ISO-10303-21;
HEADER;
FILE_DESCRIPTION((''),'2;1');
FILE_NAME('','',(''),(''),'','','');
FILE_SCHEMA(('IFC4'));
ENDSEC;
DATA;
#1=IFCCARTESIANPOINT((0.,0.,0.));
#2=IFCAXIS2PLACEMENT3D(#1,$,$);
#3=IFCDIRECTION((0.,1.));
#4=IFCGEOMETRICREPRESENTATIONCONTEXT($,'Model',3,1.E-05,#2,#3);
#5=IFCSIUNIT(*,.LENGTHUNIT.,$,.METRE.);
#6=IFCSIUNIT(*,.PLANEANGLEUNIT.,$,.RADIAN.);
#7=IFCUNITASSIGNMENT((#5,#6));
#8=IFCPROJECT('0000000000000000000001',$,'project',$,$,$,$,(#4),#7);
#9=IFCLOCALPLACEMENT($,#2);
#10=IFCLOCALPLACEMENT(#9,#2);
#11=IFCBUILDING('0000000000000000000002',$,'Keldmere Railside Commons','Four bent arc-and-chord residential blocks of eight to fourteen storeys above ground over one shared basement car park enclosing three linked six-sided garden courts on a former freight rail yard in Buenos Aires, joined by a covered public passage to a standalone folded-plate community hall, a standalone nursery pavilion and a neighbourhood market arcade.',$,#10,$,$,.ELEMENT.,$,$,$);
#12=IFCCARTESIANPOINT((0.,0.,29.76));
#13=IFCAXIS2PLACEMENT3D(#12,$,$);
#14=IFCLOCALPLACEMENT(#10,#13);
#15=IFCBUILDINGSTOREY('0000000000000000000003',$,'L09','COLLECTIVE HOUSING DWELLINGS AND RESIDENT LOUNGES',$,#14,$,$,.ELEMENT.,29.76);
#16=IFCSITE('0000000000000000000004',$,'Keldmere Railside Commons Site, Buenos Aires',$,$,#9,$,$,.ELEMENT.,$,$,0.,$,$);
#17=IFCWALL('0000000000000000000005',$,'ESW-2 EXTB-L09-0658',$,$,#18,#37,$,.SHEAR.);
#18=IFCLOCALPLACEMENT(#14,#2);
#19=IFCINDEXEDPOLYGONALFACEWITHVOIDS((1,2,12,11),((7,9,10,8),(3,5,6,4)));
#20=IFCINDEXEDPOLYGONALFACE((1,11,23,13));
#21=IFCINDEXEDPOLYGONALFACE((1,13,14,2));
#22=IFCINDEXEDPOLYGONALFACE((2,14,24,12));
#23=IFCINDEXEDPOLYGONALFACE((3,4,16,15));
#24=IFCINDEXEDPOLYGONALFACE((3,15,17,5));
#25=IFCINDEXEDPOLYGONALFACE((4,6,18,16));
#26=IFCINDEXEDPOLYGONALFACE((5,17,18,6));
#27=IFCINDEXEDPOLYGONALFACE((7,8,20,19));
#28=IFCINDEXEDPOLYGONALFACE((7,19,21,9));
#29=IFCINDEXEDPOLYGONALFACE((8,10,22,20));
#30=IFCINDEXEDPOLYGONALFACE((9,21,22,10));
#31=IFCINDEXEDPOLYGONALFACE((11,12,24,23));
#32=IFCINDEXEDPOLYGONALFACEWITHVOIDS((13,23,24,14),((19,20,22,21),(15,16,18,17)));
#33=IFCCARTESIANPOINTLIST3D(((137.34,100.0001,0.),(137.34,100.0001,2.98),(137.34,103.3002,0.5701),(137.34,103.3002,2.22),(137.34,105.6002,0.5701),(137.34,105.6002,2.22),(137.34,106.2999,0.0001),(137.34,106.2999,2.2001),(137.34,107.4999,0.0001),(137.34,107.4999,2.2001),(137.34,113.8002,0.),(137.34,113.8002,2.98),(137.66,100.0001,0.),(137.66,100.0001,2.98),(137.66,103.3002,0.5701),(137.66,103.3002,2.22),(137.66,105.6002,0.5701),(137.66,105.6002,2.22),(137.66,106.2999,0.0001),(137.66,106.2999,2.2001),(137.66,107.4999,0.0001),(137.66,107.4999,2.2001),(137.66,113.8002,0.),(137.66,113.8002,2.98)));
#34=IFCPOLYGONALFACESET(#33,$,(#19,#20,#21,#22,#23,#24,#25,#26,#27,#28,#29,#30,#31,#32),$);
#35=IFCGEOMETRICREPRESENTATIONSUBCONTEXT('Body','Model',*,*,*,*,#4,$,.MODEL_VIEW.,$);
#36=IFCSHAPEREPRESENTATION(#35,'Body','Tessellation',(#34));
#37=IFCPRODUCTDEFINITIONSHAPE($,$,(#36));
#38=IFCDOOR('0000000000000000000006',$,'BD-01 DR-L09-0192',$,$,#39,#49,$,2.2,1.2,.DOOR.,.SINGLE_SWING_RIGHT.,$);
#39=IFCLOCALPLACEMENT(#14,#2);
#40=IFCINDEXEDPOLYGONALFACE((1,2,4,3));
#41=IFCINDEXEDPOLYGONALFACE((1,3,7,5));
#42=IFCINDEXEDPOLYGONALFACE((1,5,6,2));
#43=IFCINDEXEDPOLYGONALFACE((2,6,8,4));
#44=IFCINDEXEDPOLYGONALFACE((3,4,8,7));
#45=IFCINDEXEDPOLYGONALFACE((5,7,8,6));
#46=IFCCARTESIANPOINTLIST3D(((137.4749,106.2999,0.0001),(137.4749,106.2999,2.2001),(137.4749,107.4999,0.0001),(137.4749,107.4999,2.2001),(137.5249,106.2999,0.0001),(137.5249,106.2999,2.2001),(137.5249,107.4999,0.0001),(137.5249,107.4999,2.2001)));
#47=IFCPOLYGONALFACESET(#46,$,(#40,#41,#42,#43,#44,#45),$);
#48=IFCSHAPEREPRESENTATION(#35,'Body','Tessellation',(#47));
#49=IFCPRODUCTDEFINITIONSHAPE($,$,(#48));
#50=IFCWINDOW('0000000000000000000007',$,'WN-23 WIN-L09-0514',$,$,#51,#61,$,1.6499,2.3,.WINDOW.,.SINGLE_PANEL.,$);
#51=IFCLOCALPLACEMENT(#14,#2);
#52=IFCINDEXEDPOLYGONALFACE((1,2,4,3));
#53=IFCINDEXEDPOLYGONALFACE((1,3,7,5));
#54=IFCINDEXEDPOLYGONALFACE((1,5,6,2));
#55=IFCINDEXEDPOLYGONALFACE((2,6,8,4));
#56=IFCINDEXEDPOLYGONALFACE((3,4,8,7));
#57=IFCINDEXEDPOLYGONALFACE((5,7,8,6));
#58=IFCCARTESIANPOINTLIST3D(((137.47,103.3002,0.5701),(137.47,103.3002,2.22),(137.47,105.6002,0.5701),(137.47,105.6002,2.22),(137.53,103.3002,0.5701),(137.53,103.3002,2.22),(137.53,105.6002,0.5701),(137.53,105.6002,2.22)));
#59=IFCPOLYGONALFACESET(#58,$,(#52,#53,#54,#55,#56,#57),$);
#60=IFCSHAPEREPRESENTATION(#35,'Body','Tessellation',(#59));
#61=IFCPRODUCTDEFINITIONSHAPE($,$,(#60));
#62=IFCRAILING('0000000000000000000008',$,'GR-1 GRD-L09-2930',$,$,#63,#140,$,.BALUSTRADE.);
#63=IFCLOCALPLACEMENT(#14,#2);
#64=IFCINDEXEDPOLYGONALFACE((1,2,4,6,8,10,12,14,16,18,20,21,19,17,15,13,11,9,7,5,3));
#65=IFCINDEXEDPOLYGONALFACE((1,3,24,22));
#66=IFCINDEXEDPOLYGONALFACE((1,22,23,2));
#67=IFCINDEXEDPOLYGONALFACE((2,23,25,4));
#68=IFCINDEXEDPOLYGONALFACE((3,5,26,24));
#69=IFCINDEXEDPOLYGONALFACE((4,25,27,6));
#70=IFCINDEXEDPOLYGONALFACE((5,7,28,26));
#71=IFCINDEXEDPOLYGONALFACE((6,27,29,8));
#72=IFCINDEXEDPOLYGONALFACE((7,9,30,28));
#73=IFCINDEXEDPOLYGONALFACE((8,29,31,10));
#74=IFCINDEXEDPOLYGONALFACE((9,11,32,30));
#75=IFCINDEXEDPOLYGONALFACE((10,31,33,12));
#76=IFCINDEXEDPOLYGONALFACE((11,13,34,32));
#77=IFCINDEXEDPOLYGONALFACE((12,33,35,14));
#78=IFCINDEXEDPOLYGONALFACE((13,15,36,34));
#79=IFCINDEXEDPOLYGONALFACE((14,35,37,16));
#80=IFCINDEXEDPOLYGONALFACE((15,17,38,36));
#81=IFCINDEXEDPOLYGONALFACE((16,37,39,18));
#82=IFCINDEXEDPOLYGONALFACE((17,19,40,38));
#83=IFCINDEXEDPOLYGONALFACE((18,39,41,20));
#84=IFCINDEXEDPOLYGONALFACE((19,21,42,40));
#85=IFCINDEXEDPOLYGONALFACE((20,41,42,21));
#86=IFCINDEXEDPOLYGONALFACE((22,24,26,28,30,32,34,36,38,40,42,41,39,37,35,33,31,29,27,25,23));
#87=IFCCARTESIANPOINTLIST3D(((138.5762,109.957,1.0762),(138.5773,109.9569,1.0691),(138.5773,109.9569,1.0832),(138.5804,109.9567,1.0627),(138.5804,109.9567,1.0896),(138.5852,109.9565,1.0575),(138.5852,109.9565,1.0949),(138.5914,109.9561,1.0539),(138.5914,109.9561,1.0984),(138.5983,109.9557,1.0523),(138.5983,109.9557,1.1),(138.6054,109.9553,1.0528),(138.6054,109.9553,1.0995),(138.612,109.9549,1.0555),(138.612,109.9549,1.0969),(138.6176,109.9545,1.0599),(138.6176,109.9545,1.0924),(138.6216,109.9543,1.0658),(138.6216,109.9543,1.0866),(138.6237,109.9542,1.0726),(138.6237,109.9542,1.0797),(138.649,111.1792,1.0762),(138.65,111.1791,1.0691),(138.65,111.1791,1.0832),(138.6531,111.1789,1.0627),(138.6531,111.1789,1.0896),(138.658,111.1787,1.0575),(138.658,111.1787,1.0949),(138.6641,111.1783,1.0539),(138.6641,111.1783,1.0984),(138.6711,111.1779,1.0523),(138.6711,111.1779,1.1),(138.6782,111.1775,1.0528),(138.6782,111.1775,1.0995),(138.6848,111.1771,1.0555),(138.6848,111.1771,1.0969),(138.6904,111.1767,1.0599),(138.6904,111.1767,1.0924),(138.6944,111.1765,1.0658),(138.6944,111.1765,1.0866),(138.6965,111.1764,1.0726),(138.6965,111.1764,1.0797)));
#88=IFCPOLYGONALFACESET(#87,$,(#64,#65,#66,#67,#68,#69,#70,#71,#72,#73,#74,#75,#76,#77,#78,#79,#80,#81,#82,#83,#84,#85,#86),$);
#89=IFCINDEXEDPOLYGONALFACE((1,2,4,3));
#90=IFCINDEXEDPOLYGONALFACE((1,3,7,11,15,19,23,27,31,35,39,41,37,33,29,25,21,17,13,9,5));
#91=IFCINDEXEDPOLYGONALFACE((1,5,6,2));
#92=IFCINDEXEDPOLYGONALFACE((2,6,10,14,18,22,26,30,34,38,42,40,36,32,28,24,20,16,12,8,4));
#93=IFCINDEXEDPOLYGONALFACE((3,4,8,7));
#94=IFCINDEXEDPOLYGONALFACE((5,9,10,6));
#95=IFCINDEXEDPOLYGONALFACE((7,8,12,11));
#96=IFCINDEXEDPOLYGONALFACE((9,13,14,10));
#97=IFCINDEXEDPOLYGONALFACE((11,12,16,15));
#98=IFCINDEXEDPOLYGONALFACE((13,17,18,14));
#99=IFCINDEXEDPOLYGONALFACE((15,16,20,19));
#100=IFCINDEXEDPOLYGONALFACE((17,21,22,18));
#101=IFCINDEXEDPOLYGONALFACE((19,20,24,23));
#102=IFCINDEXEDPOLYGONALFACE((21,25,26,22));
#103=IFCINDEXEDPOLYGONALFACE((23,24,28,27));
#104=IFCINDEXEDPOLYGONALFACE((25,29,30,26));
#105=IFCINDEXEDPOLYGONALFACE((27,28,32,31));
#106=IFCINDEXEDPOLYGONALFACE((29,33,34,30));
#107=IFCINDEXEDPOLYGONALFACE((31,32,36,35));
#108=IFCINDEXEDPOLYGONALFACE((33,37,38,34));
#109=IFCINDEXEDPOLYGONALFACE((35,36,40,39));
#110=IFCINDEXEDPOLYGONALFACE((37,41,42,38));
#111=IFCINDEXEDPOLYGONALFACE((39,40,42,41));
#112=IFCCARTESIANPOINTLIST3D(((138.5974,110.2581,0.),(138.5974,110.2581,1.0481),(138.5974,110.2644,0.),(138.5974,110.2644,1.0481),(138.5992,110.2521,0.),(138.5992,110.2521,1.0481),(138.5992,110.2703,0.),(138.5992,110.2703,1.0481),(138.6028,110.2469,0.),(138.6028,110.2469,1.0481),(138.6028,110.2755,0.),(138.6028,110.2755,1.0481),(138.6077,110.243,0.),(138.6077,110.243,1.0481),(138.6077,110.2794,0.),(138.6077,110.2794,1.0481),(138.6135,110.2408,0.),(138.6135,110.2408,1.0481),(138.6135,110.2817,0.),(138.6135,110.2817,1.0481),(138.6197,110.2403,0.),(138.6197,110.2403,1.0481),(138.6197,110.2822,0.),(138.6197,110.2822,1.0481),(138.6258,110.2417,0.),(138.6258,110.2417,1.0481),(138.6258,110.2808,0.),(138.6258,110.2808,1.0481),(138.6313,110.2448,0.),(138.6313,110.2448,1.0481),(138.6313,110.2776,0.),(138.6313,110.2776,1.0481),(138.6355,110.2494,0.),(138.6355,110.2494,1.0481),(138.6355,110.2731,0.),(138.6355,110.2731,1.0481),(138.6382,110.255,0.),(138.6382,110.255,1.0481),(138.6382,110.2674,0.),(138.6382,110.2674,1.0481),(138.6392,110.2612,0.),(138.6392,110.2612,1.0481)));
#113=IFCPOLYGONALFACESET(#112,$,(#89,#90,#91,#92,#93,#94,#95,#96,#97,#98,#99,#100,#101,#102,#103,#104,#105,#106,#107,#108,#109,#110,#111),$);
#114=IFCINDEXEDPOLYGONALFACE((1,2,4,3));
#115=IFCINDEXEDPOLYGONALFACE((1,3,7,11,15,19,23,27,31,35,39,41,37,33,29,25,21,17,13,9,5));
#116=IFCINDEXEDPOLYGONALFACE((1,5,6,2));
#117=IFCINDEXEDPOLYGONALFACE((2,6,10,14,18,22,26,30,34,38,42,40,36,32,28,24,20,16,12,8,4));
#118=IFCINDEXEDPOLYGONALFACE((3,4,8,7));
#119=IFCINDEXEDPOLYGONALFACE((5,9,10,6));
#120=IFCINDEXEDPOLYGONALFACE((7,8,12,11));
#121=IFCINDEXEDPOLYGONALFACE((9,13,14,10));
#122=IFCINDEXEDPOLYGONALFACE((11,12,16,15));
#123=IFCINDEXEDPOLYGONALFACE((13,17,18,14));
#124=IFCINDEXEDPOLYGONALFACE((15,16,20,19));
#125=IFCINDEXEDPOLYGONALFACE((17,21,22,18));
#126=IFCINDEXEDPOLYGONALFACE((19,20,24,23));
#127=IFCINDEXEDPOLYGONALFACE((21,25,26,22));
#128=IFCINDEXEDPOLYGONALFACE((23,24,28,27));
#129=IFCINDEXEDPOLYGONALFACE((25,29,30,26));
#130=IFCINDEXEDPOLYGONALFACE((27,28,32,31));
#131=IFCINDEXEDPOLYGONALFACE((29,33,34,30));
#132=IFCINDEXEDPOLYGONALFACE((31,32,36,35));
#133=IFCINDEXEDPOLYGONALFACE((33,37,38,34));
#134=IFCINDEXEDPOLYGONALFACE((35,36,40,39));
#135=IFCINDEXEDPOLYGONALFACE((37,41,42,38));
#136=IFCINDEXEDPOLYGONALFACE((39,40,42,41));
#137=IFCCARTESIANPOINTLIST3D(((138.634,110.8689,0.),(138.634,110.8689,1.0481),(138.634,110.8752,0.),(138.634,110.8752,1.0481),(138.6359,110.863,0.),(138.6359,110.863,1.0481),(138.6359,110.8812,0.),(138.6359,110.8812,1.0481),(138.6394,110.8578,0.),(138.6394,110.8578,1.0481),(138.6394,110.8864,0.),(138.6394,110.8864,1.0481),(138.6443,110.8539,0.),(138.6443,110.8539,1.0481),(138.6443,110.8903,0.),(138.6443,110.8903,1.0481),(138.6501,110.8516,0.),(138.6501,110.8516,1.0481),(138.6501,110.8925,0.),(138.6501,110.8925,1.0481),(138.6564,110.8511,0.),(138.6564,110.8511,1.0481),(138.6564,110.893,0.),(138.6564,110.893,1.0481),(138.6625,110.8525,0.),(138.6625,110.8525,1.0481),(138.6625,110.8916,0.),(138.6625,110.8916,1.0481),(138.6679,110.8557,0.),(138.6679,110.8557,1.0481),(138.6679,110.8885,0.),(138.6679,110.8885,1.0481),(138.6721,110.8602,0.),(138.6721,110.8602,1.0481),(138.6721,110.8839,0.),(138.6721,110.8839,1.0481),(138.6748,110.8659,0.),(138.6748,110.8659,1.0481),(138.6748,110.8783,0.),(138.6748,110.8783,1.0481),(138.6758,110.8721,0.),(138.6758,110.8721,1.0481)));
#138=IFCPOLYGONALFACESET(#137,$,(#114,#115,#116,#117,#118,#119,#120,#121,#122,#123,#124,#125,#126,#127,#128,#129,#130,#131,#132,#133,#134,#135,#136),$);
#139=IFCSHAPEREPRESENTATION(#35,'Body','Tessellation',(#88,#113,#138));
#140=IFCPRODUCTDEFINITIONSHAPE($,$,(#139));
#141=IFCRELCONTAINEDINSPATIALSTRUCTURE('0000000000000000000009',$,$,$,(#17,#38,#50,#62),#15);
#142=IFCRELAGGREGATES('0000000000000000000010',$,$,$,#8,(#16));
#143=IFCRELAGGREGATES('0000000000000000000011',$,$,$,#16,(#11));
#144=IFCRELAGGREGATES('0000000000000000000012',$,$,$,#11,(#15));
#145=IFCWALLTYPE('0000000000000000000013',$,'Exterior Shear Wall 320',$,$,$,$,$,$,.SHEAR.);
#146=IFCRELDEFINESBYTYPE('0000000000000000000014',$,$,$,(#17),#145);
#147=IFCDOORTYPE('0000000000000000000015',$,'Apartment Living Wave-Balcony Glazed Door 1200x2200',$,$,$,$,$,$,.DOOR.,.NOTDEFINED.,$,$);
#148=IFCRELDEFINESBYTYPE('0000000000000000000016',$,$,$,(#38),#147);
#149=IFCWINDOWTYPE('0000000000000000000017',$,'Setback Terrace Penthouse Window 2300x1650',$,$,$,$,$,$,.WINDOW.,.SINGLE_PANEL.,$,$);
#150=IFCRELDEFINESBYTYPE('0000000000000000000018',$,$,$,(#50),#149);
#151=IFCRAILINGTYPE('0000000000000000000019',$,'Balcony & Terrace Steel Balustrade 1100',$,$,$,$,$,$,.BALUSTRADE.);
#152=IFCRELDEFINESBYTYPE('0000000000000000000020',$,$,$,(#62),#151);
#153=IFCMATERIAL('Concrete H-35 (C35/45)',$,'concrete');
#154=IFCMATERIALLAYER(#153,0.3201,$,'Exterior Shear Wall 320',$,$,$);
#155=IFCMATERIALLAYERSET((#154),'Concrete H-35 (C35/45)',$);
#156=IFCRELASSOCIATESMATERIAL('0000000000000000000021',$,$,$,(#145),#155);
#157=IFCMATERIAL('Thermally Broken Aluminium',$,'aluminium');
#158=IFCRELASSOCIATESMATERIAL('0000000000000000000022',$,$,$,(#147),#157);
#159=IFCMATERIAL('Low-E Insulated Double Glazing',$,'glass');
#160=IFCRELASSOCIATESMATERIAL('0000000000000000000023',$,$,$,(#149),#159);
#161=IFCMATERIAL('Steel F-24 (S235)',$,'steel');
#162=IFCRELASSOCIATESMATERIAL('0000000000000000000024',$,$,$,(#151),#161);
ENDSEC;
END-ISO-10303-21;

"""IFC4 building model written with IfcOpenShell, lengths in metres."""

from ifc_helpers import new_model, si_unit, direction, frame, frame_2d, origin, origin_2d, place, context, subcontext, project, spatial, rectangle, circle, extrude, material, layer, layer_set, type_object, element, fill, save


model = new_model("IFC4")

# Units and contexts
model_context = context("Model", 3, precision=1e-05, world=origin(), true_north=direction((0.0, 1.0)))
body_context = subcontext(model_context, "Body", "Model", "MODEL_VIEW")
ifc_project = project(units=[si_unit("LENGTHUNIT", "METRE"), si_unit("PLANEANGLEUNIT", "RADIAN")], contexts=[model_context])

# Site, building, storey
site_placement = place(None, origin())
site = spatial("IfcSite", under=ifc_project, at=site_placement, Name="Keldmere Railside Commons Site, Buenos Aires", CompositionType="ELEMENT", RefElevation=0.0)
building_placement = place(site_placement, origin())
building = spatial("IfcBuilding", under=site, at=building_placement, Name="Keldmere Railside Commons", Description="Four bent arc-and-chord residential blocks of eight to fourteen storeys above ground over one shared basement car park enclosing three linked six-sided garden courts on a former freight rail yard in Buenos Aires, joined by a covered public passage to a standalone folded-plate community hall, a standalone nursery pavilion and a neighbourhood market arcade.", CompositionType="ELEMENT")
storey_placement = place(building_placement, frame((0.0, 0.0, 29.76)))
storey = spatial("IfcBuildingStorey", under=building, at=storey_placement, Name="L09", Description="COLLECTIVE HOUSING DWELLINGS AND RESIDENT LOUNGES", CompositionType="ELEMENT", Elevation=29.76)

# Wall, openings, door, window
ifc_material_1 = material(Name="Concrete H-35 (C35/45)", Category="concrete")
ifc_layer = layer(ifc_material_1, 0.3201, Name="Exterior Shear Wall 320")
ifc_layer_set = layer_set([ifc_layer], Name="Concrete H-35 (C35/45)")
wall_type = type_object("IfcWallType", Name="Exterior Shear Wall 320", PredefinedType="SHEAR", material=ifc_layer_set)
wall_placement = place(storey_placement, frame((137.5, 113.8, 0.0), z_axis=(0.0, 0.0, 1.0), x_axis=(0.0, -1.0, 0.0)))
wall = element("IfcWall", 1, at=wall_placement, inside=storey, type_object=wall_type, Name="ESW-2 EXTB-L09-0658", PredefinedType="SHEAR", context=body_context, shape_type="SweptSolid", body=[
    extrude(rectangle(XDim=13.8, YDim=0.3201, at=frame_2d((6.8999, 0.0))), origin(), (0.0, 0.0, 1.0), 2.98),
])
opening_1_placement = place(wall_placement, frame((6.3, 0.0, 0.0)))
opening_1 = element("IfcOpeningElement", 2, at=opening_1_placement, cuts=wall, PredefinedType="OPENING", context=body_context, shape_type="SweptSolid", body=[
    extrude(rectangle(XDim=1.2, YDim=2.2, at=frame_2d((0.6001, 1.1001))), frame((0.0, 0.1699, 0.0), z_axis=(0.0, -1.0, 0.0), x_axis=(1.0, 0.0, 0.0)), (0.0, 0.0, 1.0), 0.3401),
])
opening_2_placement = place(wall_placement, frame((8.2, 0.0, 0.5701)))
opening_2 = element("IfcOpeningElement", 3, at=opening_2_placement, cuts=wall, PredefinedType="OPENING", context=body_context, shape_type="SweptSolid", body=[
    extrude(rectangle(XDim=2.3, YDim=1.6499, at=frame_2d((1.1499, 0.825))), frame((0.0, 0.1699, 0.0), z_axis=(0.0, -1.0, 0.0), x_axis=(1.0, 0.0, 0.0)), (0.0, 0.0, 1.0), 0.3401),
])
ifc_material_2 = material(Name="Thermally Broken Aluminium", Category="aluminium")
door_type = type_object("IfcDoorType", Name="Apartment Living Wave-Balcony Glazed Door 1200x2200", OperationType="NOTDEFINED", PredefinedType="DOOR", material=ifc_material_2)
door_placement = place(opening_1_placement, origin())
door = element("IfcDoor", 4, at=door_placement, inside=storey, type_object=door_type, Name="BD-01 DR-L09-0192", OperationType="SINGLE_SWING_RIGHT", OverallHeight=2.2, OverallWidth=1.2, PredefinedType="DOOR", context=body_context, shape_type="SweptSolid", body=[
    extrude(rectangle(XDim=1.2, YDim=2.2, at=frame_2d((0.6001, 1.1001))), frame((0.0, 0.0249, 0.0), z_axis=(0.0, -1.0, 0.0), x_axis=(1.0, 0.0, 0.0)), (0.0, 0.0, 1.0), 0.05),
])
fill(opening_1, door)
ifc_material_3 = material(Name="Low-E Insulated Double Glazing", Category="glass")
window_type = type_object("IfcWindowType", Name="Setback Terrace Penthouse Window 2300x1650", PartitioningType="SINGLE_PANEL", PredefinedType="WINDOW", material=ifc_material_3)
window_placement = place(opening_2_placement, origin())
window = element("IfcWindow", 5, at=window_placement, inside=storey, type_object=window_type, Name="WN-23 WIN-L09-0514", OverallHeight=1.6499, OverallWidth=2.3, PartitioningType="SINGLE_PANEL", PredefinedType="WINDOW", context=body_context, shape_type="SweptSolid", body=[
    extrude(rectangle(XDim=2.3, YDim=1.6499, at=frame_2d((1.1499, 0.825))), frame((0.0, 0.03, 0.0), z_axis=(0.0, -1.0, 0.0), x_axis=(1.0, 0.0, 0.0)), (0.0, 0.0, 1.0), 0.0601),
])
fill(opening_2, window)

# Railing
ifc_material_4 = material(Name="Steel F-24 (S235)", Category="steel")
railing_type = type_object("IfcRailingType", Name="Balcony & Terrace Steel Balustrade 1100", PredefinedType="BALUSTRADE", material=ifc_material_4)
railing_1_placement = place(storey_placement, frame((138.6001, 109.9556, 0.0)))
element("IfcRailing", 6, at=railing_1_placement, inside=storey, type_object=railing_type, Name="GR-1 GRD-L09-2930", PredefinedType="BALUSTRADE", context=body_context, shape_type="SweptSolid", body=[
    extrude(circle(Radius=0.0239, at=origin_2d()), frame((0.0, 0.0, 1.0762), z_axis=(0.059423, 0.998233, 0.0), x_axis=(-0.998233, 0.059423, 0.0)), (0.0, 0.0, 1.0), 1.2244),
    extrude(circle(Radius=0.021, at=origin_2d()), frame((0.0181, 0.3057, 0.0)), (0.0, 0.0, 1.0), 1.0481),
    extrude(circle(Radius=0.021, at=origin_2d()), frame((0.0547, 0.9165, 0.0)), (0.0, 0.0, 1.0), 1.0481),
])

save(model, "model.ifc")
